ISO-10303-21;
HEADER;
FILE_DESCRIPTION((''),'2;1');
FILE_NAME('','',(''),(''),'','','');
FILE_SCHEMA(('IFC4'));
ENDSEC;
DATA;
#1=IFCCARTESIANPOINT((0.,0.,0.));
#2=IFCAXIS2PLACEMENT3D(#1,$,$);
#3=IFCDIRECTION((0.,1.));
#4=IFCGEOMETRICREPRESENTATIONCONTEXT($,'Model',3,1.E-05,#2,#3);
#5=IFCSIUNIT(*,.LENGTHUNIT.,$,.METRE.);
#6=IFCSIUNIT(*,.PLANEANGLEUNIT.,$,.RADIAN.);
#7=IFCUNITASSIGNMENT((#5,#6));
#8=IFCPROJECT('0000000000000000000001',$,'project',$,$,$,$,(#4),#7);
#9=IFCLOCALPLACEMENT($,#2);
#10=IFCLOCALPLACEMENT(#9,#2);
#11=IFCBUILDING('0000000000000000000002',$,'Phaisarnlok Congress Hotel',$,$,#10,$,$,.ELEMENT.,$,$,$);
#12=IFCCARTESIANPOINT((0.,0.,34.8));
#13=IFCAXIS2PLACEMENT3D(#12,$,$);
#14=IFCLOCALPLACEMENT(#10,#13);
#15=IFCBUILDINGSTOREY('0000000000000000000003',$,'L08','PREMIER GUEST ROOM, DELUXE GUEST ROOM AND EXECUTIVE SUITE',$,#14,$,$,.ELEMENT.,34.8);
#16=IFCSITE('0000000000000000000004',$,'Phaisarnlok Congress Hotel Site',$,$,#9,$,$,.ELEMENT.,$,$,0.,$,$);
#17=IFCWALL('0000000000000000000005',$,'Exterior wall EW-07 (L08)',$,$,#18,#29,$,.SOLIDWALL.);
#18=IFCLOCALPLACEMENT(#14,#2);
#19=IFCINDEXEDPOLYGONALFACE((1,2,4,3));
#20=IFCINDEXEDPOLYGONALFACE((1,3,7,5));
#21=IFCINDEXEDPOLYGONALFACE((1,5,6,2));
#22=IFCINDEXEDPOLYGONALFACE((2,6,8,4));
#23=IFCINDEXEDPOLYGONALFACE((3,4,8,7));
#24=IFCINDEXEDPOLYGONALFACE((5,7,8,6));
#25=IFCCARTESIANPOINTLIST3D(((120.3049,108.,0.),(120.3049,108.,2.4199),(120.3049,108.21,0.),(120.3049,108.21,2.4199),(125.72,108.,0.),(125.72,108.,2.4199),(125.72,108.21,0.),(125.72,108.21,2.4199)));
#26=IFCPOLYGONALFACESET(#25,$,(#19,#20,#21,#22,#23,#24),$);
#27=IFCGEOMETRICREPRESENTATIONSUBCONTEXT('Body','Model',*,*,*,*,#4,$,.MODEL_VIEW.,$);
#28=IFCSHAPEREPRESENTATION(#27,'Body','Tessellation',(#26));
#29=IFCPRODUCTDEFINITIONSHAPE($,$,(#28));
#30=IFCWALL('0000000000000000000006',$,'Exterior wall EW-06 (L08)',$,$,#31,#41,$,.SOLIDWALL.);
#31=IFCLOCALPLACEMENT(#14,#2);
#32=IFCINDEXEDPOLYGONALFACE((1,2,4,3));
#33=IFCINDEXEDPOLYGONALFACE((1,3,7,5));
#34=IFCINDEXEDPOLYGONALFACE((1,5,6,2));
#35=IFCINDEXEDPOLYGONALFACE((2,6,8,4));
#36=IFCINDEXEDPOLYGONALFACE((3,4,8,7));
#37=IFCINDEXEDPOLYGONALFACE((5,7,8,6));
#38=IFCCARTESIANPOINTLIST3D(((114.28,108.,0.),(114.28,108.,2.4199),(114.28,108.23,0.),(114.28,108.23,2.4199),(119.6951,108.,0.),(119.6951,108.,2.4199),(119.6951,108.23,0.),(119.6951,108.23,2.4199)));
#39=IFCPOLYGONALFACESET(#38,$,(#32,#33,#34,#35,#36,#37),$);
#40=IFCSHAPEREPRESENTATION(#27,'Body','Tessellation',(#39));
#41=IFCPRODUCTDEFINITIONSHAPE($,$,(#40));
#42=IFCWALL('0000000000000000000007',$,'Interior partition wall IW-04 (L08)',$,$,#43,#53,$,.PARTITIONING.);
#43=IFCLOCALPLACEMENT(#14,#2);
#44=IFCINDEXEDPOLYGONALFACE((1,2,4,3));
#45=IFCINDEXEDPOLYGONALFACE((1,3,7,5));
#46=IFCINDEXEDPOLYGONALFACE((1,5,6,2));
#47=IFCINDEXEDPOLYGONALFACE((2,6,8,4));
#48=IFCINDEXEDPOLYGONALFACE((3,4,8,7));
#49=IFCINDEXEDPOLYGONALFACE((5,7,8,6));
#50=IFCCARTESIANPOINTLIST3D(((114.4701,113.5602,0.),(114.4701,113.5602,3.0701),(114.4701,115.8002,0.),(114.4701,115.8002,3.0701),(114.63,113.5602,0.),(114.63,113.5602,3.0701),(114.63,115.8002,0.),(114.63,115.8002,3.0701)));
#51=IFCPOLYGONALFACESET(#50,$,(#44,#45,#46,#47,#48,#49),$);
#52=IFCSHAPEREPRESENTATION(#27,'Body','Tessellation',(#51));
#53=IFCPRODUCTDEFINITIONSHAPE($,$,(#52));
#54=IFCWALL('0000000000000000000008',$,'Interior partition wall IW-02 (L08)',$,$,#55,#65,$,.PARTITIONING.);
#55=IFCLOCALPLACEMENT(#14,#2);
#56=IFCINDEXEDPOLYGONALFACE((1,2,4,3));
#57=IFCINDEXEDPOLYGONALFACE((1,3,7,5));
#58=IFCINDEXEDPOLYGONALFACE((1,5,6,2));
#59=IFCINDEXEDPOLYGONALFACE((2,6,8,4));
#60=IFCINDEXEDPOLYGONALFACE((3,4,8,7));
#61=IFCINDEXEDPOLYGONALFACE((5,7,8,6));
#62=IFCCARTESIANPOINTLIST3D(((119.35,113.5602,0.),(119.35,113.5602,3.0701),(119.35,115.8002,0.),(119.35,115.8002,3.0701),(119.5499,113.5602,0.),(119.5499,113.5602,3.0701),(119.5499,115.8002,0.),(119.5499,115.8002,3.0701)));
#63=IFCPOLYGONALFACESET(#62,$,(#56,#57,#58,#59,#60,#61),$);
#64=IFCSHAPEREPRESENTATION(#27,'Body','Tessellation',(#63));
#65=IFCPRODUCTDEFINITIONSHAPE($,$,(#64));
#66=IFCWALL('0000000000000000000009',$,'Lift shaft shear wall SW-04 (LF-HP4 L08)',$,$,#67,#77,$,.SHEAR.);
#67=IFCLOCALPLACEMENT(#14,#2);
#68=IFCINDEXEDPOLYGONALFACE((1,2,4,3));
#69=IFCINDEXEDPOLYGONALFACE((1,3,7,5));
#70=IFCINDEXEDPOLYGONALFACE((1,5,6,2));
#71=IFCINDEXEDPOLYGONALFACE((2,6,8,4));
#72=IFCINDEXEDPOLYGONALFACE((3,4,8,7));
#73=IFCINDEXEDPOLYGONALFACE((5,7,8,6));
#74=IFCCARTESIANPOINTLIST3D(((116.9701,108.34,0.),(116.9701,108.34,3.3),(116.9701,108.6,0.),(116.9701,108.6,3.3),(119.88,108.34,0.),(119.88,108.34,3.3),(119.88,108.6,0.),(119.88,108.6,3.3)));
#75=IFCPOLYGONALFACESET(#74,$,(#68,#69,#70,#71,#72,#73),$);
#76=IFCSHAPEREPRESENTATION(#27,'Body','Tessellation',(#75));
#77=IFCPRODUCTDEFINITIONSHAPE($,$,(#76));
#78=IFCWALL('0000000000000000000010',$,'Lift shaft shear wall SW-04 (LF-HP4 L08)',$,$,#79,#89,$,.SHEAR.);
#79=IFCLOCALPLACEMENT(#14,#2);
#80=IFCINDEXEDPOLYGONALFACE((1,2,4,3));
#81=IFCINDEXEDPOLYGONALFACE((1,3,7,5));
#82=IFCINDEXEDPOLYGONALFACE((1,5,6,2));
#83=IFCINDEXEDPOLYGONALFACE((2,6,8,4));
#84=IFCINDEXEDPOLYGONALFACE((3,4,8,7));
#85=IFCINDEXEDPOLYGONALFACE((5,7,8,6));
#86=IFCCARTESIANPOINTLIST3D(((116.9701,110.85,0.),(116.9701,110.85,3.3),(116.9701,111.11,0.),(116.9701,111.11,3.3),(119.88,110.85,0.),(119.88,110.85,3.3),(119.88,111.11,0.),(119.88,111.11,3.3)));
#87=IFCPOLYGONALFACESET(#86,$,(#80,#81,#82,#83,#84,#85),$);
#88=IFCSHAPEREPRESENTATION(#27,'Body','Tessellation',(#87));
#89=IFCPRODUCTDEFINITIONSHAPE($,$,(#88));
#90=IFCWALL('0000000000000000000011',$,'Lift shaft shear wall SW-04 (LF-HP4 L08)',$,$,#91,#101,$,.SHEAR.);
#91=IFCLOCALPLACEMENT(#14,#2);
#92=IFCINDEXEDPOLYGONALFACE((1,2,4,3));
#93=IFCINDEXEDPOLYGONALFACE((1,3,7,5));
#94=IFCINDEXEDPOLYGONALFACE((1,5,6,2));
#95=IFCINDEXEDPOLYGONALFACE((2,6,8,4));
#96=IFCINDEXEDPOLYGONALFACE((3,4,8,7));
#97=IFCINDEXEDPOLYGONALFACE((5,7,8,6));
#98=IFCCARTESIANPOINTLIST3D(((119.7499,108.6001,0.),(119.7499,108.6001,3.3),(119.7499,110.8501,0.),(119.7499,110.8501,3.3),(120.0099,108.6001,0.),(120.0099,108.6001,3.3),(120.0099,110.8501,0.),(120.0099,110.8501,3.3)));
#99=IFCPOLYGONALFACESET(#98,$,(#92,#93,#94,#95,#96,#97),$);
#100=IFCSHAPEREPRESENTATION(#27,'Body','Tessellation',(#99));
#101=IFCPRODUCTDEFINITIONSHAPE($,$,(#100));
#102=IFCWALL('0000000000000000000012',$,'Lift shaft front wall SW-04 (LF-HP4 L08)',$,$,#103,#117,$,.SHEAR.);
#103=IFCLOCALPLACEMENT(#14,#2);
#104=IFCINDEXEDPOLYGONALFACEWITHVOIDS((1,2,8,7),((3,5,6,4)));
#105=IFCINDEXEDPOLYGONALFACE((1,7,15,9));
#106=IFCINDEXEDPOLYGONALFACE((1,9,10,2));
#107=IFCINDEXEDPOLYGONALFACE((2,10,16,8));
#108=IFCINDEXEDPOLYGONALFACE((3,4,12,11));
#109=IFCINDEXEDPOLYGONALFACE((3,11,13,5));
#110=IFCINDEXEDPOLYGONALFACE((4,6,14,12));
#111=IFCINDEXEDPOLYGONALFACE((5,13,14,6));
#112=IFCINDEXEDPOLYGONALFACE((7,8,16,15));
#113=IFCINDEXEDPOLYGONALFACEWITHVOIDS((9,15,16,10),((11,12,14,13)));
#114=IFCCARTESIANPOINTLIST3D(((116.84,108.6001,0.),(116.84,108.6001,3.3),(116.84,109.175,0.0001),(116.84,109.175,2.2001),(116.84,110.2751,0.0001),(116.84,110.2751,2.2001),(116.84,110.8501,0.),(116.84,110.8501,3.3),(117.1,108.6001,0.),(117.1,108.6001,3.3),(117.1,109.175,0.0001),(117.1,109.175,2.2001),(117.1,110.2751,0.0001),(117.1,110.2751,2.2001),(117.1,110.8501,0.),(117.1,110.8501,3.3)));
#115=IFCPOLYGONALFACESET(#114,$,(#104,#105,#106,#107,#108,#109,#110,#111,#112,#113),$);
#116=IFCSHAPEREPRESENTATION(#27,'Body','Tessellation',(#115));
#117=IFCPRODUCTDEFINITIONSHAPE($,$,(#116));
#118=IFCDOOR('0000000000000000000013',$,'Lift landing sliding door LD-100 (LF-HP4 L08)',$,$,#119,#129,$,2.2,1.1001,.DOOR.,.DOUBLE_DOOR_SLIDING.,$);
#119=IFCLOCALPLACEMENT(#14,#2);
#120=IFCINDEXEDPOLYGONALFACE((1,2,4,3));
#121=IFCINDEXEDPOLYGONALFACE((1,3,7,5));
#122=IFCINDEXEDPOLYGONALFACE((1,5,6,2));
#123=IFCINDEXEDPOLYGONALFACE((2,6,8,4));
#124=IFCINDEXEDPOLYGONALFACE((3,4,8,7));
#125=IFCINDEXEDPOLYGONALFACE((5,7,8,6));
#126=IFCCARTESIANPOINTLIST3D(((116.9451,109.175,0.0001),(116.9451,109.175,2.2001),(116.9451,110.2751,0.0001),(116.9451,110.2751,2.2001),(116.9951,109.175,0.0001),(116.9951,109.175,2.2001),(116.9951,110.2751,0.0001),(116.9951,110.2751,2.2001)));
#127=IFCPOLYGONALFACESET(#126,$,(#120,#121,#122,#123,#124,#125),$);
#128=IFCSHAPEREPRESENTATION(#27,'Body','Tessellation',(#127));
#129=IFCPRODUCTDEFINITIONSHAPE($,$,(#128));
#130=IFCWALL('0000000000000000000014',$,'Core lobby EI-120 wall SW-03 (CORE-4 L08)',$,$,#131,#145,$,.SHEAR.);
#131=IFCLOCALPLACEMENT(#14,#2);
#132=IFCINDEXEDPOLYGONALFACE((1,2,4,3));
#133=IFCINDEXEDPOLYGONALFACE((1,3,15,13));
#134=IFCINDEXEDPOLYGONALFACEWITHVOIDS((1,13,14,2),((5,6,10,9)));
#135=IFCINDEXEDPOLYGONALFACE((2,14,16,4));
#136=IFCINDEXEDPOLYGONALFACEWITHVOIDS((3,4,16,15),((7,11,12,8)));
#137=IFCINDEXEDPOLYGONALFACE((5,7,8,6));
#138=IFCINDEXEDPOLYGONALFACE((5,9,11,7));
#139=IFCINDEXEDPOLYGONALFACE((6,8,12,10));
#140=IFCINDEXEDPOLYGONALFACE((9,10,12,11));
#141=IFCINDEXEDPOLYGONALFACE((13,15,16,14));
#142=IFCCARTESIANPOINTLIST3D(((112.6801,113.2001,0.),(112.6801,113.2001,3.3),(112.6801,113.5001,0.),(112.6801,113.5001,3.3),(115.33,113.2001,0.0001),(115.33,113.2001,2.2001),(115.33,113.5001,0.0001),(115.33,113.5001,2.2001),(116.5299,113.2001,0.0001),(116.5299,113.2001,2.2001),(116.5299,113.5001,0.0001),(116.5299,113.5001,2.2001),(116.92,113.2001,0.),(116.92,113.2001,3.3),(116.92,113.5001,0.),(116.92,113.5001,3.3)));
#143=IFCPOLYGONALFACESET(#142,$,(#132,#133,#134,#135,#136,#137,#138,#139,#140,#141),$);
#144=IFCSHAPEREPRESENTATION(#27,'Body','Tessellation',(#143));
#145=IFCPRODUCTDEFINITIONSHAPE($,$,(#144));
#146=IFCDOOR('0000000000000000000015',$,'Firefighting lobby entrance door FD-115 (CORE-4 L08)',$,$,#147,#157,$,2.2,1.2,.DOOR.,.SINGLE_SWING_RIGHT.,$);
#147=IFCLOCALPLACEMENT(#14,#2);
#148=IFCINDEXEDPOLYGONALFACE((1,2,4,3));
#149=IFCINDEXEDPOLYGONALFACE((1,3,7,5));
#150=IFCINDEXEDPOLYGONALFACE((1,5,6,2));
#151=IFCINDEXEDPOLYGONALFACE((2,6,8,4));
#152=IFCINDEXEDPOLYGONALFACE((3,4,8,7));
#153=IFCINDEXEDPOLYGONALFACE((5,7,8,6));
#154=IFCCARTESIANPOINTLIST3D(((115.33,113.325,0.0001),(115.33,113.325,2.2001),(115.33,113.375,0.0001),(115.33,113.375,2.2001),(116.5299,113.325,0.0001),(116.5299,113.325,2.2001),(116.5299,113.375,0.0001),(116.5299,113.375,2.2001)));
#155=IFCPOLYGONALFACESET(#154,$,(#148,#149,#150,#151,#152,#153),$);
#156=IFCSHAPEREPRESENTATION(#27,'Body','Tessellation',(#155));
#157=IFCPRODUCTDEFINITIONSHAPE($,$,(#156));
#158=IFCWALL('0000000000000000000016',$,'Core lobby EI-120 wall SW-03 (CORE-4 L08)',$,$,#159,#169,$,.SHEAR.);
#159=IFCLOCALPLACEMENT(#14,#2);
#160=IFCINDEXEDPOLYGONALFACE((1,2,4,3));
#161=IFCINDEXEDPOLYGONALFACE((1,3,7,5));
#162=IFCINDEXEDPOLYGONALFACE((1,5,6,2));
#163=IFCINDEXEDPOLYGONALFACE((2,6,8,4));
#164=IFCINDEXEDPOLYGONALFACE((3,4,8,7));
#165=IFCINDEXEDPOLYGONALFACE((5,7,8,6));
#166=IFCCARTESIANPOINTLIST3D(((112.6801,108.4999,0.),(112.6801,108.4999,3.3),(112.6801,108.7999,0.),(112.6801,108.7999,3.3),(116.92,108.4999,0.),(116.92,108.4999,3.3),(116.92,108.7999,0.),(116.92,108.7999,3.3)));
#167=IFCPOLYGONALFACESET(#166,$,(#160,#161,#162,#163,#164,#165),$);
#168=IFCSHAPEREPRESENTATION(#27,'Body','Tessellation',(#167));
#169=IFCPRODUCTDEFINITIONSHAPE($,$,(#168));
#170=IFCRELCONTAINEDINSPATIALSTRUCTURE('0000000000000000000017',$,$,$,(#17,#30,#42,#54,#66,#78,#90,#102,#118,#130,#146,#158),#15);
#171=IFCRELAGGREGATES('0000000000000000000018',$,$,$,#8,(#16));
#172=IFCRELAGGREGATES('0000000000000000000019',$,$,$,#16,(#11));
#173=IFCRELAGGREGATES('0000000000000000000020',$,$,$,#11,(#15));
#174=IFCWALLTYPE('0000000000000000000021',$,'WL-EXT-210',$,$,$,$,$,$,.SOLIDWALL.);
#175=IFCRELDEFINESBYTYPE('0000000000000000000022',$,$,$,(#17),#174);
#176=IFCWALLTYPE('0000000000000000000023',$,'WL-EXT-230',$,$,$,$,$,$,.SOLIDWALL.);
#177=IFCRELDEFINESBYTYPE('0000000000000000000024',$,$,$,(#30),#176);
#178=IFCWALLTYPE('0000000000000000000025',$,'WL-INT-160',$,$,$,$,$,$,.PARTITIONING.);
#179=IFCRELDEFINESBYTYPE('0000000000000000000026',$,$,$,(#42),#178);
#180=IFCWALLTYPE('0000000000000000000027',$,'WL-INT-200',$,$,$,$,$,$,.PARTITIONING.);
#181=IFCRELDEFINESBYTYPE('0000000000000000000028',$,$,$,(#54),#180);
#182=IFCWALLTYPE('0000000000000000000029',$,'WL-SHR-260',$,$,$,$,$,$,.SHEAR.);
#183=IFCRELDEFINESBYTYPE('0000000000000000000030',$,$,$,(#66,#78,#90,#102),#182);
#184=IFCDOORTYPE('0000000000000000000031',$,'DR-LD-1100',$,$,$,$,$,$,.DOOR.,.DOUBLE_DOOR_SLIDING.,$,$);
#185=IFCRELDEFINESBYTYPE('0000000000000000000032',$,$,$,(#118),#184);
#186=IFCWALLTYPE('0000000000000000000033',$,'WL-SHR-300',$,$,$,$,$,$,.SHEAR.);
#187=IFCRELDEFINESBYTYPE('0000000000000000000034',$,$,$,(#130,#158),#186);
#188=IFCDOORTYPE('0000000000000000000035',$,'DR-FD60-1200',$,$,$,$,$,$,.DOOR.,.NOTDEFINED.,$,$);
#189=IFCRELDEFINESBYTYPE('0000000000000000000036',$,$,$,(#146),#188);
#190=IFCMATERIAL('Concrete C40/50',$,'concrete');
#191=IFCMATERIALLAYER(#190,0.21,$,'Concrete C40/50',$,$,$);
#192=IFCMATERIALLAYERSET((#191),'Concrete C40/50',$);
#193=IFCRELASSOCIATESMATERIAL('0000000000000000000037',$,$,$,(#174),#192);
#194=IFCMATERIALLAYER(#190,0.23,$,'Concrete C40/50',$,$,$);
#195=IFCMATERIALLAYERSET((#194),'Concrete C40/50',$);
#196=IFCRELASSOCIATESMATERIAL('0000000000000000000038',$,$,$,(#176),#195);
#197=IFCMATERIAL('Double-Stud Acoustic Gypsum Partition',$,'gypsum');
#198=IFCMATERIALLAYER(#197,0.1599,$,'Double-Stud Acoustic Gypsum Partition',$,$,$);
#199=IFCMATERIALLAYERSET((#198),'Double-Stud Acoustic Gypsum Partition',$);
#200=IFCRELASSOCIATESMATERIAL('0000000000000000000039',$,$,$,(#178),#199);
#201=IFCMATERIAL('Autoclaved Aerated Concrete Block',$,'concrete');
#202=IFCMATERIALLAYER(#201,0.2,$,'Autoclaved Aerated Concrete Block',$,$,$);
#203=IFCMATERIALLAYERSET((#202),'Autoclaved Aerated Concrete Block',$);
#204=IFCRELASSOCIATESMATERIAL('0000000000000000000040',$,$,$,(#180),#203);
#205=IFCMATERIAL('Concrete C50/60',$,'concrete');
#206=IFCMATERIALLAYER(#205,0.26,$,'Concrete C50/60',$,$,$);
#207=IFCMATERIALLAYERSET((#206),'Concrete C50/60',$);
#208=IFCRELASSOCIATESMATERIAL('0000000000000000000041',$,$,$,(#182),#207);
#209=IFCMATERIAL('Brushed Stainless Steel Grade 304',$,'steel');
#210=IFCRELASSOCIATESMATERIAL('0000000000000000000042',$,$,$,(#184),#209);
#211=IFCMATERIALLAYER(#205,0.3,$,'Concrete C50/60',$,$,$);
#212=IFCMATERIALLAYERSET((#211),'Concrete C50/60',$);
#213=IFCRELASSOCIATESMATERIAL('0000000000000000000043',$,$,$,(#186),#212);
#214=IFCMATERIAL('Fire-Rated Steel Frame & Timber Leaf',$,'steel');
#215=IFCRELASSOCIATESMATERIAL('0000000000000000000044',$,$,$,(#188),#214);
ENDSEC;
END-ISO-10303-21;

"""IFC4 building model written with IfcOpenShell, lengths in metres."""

from ifc_helpers import new_model, si_unit, direction, frame, frame_2d, origin, place, context, subcontext, project, spatial, rectangle, extrude, material, layer, layer_set, type_object, element, fill, save


model = new_model("IFC4")

# Units and contexts
model_context = context("Model", 3, precision=1e-05, world=origin(), true_north=direction((0.0, 1.0)))
body_context = subcontext(model_context, "Body", "Model", "MODEL_VIEW")
ifc_project = project(units=[si_unit("LENGTHUNIT", "METRE"), si_unit("PLANEANGLEUNIT", "RADIAN")], contexts=[model_context])

# Site, building, storey
site_placement = place(None, origin())
site = spatial("IfcSite", under=ifc_project, at=site_placement, Name="Phaisarnlok Congress Hotel Site", CompositionType="ELEMENT", RefElevation=0.0)
building_placement = place(site_placement, origin())
building = spatial("IfcBuilding", under=site, at=building_placement, Name="Phaisarnlok Congress Hotel", CompositionType="ELEMENT")
storey_placement = place(building_placement, frame((0.0, 0.0, 34.8)))
storey = spatial("IfcBuildingStorey", under=building, at=storey_placement, Name="L08", Description="PREMIER GUEST ROOM, DELUXE GUEST ROOM AND EXECUTIVE SUITE", CompositionType="ELEMENT", Elevation=34.8)

# Shared definitions
ifc_material_1 = material(Name="Concrete C50/60", Category="concrete")

# Shared definitions
ifc_material_2 = material(Name="Concrete C40/50", Category="concrete")

# Walls
ifc_layer_1 = layer(ifc_material_2, 0.21, Name="Concrete C40/50")
ifc_layer_set_1 = layer_set([ifc_layer_1], Name="Concrete C40/50")
wall_type_1 = type_object("IfcWallType", Name="WL-EXT-210", PredefinedType="SOLIDWALL", material=ifc_layer_set_1)
wall_1_placement = place(storey_placement, frame((120.3049, 108.105, 0.0), z_axis=(0.0, 0.0, 1.0), x_axis=(1.0, 0.0, 0.0)))
element("IfcWall", 1, at=wall_1_placement, inside=storey, type_object=wall_type_1, Name="Exterior wall EW-07 (L08)", PredefinedType="SOLIDWALL", context=body_context, shape_type="SweptSolid", body=[
    extrude(rectangle(XDim=5.415, YDim=0.21, at=frame_2d((2.7075, 0.0))), origin(), (0.0, 0.0, 1.0), 2.4199),
])
ifc_layer_2 = layer(ifc_material_2, 0.23, Name="Concrete C40/50")
ifc_layer_set_2 = layer_set([ifc_layer_2], Name="Concrete C40/50")
wall_type_2 = type_object("IfcWallType", Name="WL-EXT-230", PredefinedType="SOLIDWALL", material=ifc_layer_set_2)
wall_2_placement = place(storey_placement, frame((114.28, 108.115, 0.0), z_axis=(0.0, 0.0, 1.0), x_axis=(1.0, 0.0, 0.0)))
element("IfcWall", 2, at=wall_2_placement, inside=storey, type_object=wall_type_2, Name="Exterior wall EW-06 (L08)", PredefinedType="SOLIDWALL", context=body_context, shape_type="SweptSolid", body=[
    extrude(rectangle(XDim=5.415, YDim=0.23, at=frame_2d((2.7075, 0.0))), origin(), (0.0, 0.0, 1.0), 2.4199),
])
ifc_material_3 = material(Name="Double-Stud Acoustic Gypsum Partition", Category="gypsum")
ifc_layer_3 = layer(ifc_material_3, 0.1599, Name="Double-Stud Acoustic Gypsum Partition")
ifc_layer_set_3 = layer_set([ifc_layer_3], Name="Double-Stud Acoustic Gypsum Partition")
wall_type_3 = type_object("IfcWallType", Name="WL-INT-160", PredefinedType="PARTITIONING", material=ifc_layer_set_3)
wall_3_placement = place(storey_placement, frame((114.55, 113.5601, 0.0), z_axis=(0.0, 0.0, 1.0), x_axis=(0.0, 1.0, 0.0)))
element("IfcWall", 3, at=wall_3_placement, inside=storey, type_object=wall_type_3, Name="Interior partition wall IW-04 (L08)", PredefinedType="PARTITIONING", context=body_context, shape_type="SweptSolid", body=[
    extrude(rectangle(XDim=2.24, YDim=0.1599, at=frame_2d((1.1201, 0.0))), origin(), (0.0, 0.0, 1.0), 3.0701),
])
ifc_material_4 = material(Name="Autoclaved Aerated Concrete Block", Category="concrete")
ifc_layer_4 = layer(ifc_material_4, 0.2, Name="Autoclaved Aerated Concrete Block")
ifc_layer_set_4 = layer_set([ifc_layer_4], Name="Autoclaved Aerated Concrete Block")
wall_type_4 = type_object("IfcWallType", Name="WL-INT-200", PredefinedType="PARTITIONING", material=ifc_layer_set_4)
wall_4_placement = place(storey_placement, frame((119.45, 113.5601, 0.0), z_axis=(0.0, 0.0, 1.0), x_axis=(0.0, 1.0, 0.0)))
element("IfcWall", 4, at=wall_4_placement, inside=storey, type_object=wall_type_4, Name="Interior partition wall IW-02 (L08)", PredefinedType="PARTITIONING", context=body_context, shape_type="SweptSolid", body=[
    extrude(rectangle(XDim=2.24, YDim=0.2, at=frame_2d((1.1201, 0.0))), origin(), (0.0, 0.0, 1.0), 3.0701),
])

# Shared definitions
ifc_layer_5 = layer(ifc_material_1, 0.26, Name="Concrete C50/60")
ifc_layer_set_5 = layer_set([ifc_layer_5], Name="Concrete C50/60")
wall_type_5 = type_object("IfcWallType", Name="WL-SHR-260", PredefinedType="SHEAR", material=ifc_layer_set_5)
ifc_material_5 = material(Name="Fire-Rated Steel Frame & Timber Leaf", Category="steel")

# Walls
for number, where, z_axis, x_axis, name in (
    (5, (116.97, 108.47, 0.0), (0.0, 0.0, 1.0), (1.0, 0.0, 0.0), "Lift shaft shear wall SW-04 (LF-HP4 L08)"),
    (6, (116.97, 110.98, 0.0), (0.0, 0.0, 1.0), (1.0, 0.0, 0.0), "Lift shaft shear wall SW-04 (LF-HP4 L08)"),
):
    element("IfcWall", number, at=place(storey_placement, frame(where, z_axis=z_axis, x_axis=x_axis)), inside=storey, type_object=wall_type_5, Name=name, PredefinedType="SHEAR", context=body_context, shape_type="SweptSolid", body=[
        extrude(rectangle(XDim=2.9099, YDim=0.26, at=frame_2d((1.4551, 0.0))), origin(), (0.0, 0.0, 1.0), 3.3),
    ])
wall_5_placement = place(storey_placement, frame((119.8799, 108.6001, 0.0), z_axis=(0.0, 0.0, 1.0), x_axis=(0.0, 1.0, 0.0)))
element("IfcWall", 7, at=wall_5_placement, inside=storey, type_object=wall_type_5, Name="Lift shaft shear wall SW-04 (LF-HP4 L08)", PredefinedType="SHEAR", context=body_context, shape_type="SweptSolid", body=[
    extrude(rectangle(XDim=2.25, YDim=0.26, at=frame_2d((1.125, 0.0))), origin(), (0.0, 0.0, 1.0), 3.3),
])

# Walls, openings, doors
wall_6_placement = place(storey_placement, frame((116.97, 108.6001, 0.0), z_axis=(0.0, 0.0, 1.0), x_axis=(0.0, 1.0, 0.0)))
wall_6 = element("IfcWall", 8, at=wall_6_placement, inside=storey, type_object=wall_type_5, Name="Lift shaft front wall SW-04 (LF-HP4 L08)", PredefinedType="SHEAR", context=body_context, shape_type="SweptSolid", body=[
    extrude(rectangle(XDim=2.25, YDim=0.26, at=frame_2d((1.125, 0.0))), origin(), (0.0, 0.0, 1.0), 3.3),
])
opening_1_placement = place(wall_6_placement, frame((0.575, 0.0, 0.0)))
opening_1 = element("IfcOpeningElement", 9, at=opening_1_placement, cuts=wall_6, PredefinedType="OPENING", context=body_context, shape_type="SweptSolid", body=[
    extrude(rectangle(XDim=1.1001, YDim=2.2, at=frame_2d((0.55, 1.1001))), frame((0.0, 0.1401, 0.0), z_axis=(0.0, -1.0, 0.0), x_axis=(1.0, 0.0, 0.0)), (0.0, 0.0, 1.0), 0.28),
])
ifc_material_6 = material(Name="Brushed Stainless Steel Grade 304", Category="steel")
door_type_1 = type_object("IfcDoorType", Name="DR-LD-1100", OperationType="DOUBLE_DOOR_SLIDING", PredefinedType="DOOR", material=ifc_material_6)
door_1_placement = place(opening_1_placement, origin())
door_1 = element("IfcDoor", 10, at=door_1_placement, inside=storey, type_object=door_type_1, Name="Lift landing sliding door LD-100 (LF-HP4 L08)", OperationType="DOUBLE_DOOR_SLIDING", OverallHeight=2.2, OverallWidth=1.1001, PredefinedType="DOOR", context=body_context, shape_type="SweptSolid", body=[
    extrude(rectangle(XDim=1.1001, YDim=2.2, at=frame_2d((0.55, 1.1001))), frame((0.0, 0.0249, 0.0), z_axis=(0.0, -1.0, 0.0), x_axis=(1.0, 0.0, 0.0)), (0.0, 0.0, 1.0), 0.05),
])
fill(opening_1, door_1)
ifc_layer_6 = layer(ifc_material_1, 0.3, Name="Concrete C50/60")
ifc_layer_set_6 = layer_set([ifc_layer_6], Name="Concrete C50/60")
wall_type_6 = type_object("IfcWallType", Name="WL-SHR-300", PredefinedType="SHEAR", material=ifc_layer_set_6)
wall_7_placement = place(storey_placement, frame((112.6799, 113.3501, 0.0), z_axis=(0.0, 0.0, 1.0), x_axis=(1.0, 0.0, 0.0)))
wall_7 = element("IfcWall", 11, at=wall_7_placement, inside=storey, type_object=wall_type_6, Name="Core lobby EI-120 wall SW-03 (CORE-4 L08)", PredefinedType="SHEAR", context=body_context, shape_type="SweptSolid", body=[
    extrude(rectangle(XDim=4.24, YDim=0.3, at=frame_2d((2.1201, 0.0))), origin(), (0.0, 0.0, 1.0), 3.3),
])
opening_2_placement = place(wall_7_placement, frame((2.6499, 0.0, 0.0)))
opening_2 = element("IfcOpeningElement", 12, at=opening_2_placement, cuts=wall_7, PredefinedType="OPENING", context=body_context, shape_type="SweptSolid", body=[
    extrude(rectangle(XDim=1.2, YDim=2.2, at=frame_2d((0.6001, 1.1001))), frame((0.0, 0.1602, 0.0), z_axis=(0.0, -1.0, 0.0), x_axis=(1.0, 0.0, 0.0)), (0.0, 0.0, 1.0), 0.3201),
])
door_type_2 = type_object("IfcDoorType", Name="DR-FD60-1200", OperationType="NOTDEFINED", PredefinedType="DOOR", material=ifc_material_5)
door_2_placement = place(opening_2_placement, origin())
door_2 = element("IfcDoor", 13, at=door_2_placement, inside=storey, type_object=door_type_2, Name="Firefighting lobby entrance door FD-115 (CORE-4 L08)", OperationType="SINGLE_SWING_RIGHT", OverallHeight=2.2, OverallWidth=1.2, PredefinedType="DOOR", context=body_context, shape_type="SweptSolid", body=[
    extrude(rectangle(XDim=1.2, YDim=2.2, at=frame_2d((0.6001, 1.1001))), frame((0.0, 0.0249, 0.0), z_axis=(0.0, -1.0, 0.0), x_axis=(1.0, 0.0, 0.0)), (0.0, 0.0, 1.0), 0.05),
])
fill(opening_2, door_2)

# Wall
wall_8_placement = place(storey_placement, frame((112.6799, 108.6499, 0.0), z_axis=(0.0, 0.0, 1.0), x_axis=(1.0, 0.0, 0.0)))
element("IfcWall", 14, at=wall_8_placement, inside=storey, type_object=wall_type_6, Name="Core lobby EI-120 wall SW-03 (CORE-4 L08)", PredefinedType="SHEAR", context=body_context, shape_type="SweptSolid", body=[
    extrude(rectangle(XDim=4.24, YDim=0.3, at=frame_2d((2.1201, 0.0))), origin(), (0.0, 0.0, 1.0), 3.3),
])

save(model, "model.ifc")
